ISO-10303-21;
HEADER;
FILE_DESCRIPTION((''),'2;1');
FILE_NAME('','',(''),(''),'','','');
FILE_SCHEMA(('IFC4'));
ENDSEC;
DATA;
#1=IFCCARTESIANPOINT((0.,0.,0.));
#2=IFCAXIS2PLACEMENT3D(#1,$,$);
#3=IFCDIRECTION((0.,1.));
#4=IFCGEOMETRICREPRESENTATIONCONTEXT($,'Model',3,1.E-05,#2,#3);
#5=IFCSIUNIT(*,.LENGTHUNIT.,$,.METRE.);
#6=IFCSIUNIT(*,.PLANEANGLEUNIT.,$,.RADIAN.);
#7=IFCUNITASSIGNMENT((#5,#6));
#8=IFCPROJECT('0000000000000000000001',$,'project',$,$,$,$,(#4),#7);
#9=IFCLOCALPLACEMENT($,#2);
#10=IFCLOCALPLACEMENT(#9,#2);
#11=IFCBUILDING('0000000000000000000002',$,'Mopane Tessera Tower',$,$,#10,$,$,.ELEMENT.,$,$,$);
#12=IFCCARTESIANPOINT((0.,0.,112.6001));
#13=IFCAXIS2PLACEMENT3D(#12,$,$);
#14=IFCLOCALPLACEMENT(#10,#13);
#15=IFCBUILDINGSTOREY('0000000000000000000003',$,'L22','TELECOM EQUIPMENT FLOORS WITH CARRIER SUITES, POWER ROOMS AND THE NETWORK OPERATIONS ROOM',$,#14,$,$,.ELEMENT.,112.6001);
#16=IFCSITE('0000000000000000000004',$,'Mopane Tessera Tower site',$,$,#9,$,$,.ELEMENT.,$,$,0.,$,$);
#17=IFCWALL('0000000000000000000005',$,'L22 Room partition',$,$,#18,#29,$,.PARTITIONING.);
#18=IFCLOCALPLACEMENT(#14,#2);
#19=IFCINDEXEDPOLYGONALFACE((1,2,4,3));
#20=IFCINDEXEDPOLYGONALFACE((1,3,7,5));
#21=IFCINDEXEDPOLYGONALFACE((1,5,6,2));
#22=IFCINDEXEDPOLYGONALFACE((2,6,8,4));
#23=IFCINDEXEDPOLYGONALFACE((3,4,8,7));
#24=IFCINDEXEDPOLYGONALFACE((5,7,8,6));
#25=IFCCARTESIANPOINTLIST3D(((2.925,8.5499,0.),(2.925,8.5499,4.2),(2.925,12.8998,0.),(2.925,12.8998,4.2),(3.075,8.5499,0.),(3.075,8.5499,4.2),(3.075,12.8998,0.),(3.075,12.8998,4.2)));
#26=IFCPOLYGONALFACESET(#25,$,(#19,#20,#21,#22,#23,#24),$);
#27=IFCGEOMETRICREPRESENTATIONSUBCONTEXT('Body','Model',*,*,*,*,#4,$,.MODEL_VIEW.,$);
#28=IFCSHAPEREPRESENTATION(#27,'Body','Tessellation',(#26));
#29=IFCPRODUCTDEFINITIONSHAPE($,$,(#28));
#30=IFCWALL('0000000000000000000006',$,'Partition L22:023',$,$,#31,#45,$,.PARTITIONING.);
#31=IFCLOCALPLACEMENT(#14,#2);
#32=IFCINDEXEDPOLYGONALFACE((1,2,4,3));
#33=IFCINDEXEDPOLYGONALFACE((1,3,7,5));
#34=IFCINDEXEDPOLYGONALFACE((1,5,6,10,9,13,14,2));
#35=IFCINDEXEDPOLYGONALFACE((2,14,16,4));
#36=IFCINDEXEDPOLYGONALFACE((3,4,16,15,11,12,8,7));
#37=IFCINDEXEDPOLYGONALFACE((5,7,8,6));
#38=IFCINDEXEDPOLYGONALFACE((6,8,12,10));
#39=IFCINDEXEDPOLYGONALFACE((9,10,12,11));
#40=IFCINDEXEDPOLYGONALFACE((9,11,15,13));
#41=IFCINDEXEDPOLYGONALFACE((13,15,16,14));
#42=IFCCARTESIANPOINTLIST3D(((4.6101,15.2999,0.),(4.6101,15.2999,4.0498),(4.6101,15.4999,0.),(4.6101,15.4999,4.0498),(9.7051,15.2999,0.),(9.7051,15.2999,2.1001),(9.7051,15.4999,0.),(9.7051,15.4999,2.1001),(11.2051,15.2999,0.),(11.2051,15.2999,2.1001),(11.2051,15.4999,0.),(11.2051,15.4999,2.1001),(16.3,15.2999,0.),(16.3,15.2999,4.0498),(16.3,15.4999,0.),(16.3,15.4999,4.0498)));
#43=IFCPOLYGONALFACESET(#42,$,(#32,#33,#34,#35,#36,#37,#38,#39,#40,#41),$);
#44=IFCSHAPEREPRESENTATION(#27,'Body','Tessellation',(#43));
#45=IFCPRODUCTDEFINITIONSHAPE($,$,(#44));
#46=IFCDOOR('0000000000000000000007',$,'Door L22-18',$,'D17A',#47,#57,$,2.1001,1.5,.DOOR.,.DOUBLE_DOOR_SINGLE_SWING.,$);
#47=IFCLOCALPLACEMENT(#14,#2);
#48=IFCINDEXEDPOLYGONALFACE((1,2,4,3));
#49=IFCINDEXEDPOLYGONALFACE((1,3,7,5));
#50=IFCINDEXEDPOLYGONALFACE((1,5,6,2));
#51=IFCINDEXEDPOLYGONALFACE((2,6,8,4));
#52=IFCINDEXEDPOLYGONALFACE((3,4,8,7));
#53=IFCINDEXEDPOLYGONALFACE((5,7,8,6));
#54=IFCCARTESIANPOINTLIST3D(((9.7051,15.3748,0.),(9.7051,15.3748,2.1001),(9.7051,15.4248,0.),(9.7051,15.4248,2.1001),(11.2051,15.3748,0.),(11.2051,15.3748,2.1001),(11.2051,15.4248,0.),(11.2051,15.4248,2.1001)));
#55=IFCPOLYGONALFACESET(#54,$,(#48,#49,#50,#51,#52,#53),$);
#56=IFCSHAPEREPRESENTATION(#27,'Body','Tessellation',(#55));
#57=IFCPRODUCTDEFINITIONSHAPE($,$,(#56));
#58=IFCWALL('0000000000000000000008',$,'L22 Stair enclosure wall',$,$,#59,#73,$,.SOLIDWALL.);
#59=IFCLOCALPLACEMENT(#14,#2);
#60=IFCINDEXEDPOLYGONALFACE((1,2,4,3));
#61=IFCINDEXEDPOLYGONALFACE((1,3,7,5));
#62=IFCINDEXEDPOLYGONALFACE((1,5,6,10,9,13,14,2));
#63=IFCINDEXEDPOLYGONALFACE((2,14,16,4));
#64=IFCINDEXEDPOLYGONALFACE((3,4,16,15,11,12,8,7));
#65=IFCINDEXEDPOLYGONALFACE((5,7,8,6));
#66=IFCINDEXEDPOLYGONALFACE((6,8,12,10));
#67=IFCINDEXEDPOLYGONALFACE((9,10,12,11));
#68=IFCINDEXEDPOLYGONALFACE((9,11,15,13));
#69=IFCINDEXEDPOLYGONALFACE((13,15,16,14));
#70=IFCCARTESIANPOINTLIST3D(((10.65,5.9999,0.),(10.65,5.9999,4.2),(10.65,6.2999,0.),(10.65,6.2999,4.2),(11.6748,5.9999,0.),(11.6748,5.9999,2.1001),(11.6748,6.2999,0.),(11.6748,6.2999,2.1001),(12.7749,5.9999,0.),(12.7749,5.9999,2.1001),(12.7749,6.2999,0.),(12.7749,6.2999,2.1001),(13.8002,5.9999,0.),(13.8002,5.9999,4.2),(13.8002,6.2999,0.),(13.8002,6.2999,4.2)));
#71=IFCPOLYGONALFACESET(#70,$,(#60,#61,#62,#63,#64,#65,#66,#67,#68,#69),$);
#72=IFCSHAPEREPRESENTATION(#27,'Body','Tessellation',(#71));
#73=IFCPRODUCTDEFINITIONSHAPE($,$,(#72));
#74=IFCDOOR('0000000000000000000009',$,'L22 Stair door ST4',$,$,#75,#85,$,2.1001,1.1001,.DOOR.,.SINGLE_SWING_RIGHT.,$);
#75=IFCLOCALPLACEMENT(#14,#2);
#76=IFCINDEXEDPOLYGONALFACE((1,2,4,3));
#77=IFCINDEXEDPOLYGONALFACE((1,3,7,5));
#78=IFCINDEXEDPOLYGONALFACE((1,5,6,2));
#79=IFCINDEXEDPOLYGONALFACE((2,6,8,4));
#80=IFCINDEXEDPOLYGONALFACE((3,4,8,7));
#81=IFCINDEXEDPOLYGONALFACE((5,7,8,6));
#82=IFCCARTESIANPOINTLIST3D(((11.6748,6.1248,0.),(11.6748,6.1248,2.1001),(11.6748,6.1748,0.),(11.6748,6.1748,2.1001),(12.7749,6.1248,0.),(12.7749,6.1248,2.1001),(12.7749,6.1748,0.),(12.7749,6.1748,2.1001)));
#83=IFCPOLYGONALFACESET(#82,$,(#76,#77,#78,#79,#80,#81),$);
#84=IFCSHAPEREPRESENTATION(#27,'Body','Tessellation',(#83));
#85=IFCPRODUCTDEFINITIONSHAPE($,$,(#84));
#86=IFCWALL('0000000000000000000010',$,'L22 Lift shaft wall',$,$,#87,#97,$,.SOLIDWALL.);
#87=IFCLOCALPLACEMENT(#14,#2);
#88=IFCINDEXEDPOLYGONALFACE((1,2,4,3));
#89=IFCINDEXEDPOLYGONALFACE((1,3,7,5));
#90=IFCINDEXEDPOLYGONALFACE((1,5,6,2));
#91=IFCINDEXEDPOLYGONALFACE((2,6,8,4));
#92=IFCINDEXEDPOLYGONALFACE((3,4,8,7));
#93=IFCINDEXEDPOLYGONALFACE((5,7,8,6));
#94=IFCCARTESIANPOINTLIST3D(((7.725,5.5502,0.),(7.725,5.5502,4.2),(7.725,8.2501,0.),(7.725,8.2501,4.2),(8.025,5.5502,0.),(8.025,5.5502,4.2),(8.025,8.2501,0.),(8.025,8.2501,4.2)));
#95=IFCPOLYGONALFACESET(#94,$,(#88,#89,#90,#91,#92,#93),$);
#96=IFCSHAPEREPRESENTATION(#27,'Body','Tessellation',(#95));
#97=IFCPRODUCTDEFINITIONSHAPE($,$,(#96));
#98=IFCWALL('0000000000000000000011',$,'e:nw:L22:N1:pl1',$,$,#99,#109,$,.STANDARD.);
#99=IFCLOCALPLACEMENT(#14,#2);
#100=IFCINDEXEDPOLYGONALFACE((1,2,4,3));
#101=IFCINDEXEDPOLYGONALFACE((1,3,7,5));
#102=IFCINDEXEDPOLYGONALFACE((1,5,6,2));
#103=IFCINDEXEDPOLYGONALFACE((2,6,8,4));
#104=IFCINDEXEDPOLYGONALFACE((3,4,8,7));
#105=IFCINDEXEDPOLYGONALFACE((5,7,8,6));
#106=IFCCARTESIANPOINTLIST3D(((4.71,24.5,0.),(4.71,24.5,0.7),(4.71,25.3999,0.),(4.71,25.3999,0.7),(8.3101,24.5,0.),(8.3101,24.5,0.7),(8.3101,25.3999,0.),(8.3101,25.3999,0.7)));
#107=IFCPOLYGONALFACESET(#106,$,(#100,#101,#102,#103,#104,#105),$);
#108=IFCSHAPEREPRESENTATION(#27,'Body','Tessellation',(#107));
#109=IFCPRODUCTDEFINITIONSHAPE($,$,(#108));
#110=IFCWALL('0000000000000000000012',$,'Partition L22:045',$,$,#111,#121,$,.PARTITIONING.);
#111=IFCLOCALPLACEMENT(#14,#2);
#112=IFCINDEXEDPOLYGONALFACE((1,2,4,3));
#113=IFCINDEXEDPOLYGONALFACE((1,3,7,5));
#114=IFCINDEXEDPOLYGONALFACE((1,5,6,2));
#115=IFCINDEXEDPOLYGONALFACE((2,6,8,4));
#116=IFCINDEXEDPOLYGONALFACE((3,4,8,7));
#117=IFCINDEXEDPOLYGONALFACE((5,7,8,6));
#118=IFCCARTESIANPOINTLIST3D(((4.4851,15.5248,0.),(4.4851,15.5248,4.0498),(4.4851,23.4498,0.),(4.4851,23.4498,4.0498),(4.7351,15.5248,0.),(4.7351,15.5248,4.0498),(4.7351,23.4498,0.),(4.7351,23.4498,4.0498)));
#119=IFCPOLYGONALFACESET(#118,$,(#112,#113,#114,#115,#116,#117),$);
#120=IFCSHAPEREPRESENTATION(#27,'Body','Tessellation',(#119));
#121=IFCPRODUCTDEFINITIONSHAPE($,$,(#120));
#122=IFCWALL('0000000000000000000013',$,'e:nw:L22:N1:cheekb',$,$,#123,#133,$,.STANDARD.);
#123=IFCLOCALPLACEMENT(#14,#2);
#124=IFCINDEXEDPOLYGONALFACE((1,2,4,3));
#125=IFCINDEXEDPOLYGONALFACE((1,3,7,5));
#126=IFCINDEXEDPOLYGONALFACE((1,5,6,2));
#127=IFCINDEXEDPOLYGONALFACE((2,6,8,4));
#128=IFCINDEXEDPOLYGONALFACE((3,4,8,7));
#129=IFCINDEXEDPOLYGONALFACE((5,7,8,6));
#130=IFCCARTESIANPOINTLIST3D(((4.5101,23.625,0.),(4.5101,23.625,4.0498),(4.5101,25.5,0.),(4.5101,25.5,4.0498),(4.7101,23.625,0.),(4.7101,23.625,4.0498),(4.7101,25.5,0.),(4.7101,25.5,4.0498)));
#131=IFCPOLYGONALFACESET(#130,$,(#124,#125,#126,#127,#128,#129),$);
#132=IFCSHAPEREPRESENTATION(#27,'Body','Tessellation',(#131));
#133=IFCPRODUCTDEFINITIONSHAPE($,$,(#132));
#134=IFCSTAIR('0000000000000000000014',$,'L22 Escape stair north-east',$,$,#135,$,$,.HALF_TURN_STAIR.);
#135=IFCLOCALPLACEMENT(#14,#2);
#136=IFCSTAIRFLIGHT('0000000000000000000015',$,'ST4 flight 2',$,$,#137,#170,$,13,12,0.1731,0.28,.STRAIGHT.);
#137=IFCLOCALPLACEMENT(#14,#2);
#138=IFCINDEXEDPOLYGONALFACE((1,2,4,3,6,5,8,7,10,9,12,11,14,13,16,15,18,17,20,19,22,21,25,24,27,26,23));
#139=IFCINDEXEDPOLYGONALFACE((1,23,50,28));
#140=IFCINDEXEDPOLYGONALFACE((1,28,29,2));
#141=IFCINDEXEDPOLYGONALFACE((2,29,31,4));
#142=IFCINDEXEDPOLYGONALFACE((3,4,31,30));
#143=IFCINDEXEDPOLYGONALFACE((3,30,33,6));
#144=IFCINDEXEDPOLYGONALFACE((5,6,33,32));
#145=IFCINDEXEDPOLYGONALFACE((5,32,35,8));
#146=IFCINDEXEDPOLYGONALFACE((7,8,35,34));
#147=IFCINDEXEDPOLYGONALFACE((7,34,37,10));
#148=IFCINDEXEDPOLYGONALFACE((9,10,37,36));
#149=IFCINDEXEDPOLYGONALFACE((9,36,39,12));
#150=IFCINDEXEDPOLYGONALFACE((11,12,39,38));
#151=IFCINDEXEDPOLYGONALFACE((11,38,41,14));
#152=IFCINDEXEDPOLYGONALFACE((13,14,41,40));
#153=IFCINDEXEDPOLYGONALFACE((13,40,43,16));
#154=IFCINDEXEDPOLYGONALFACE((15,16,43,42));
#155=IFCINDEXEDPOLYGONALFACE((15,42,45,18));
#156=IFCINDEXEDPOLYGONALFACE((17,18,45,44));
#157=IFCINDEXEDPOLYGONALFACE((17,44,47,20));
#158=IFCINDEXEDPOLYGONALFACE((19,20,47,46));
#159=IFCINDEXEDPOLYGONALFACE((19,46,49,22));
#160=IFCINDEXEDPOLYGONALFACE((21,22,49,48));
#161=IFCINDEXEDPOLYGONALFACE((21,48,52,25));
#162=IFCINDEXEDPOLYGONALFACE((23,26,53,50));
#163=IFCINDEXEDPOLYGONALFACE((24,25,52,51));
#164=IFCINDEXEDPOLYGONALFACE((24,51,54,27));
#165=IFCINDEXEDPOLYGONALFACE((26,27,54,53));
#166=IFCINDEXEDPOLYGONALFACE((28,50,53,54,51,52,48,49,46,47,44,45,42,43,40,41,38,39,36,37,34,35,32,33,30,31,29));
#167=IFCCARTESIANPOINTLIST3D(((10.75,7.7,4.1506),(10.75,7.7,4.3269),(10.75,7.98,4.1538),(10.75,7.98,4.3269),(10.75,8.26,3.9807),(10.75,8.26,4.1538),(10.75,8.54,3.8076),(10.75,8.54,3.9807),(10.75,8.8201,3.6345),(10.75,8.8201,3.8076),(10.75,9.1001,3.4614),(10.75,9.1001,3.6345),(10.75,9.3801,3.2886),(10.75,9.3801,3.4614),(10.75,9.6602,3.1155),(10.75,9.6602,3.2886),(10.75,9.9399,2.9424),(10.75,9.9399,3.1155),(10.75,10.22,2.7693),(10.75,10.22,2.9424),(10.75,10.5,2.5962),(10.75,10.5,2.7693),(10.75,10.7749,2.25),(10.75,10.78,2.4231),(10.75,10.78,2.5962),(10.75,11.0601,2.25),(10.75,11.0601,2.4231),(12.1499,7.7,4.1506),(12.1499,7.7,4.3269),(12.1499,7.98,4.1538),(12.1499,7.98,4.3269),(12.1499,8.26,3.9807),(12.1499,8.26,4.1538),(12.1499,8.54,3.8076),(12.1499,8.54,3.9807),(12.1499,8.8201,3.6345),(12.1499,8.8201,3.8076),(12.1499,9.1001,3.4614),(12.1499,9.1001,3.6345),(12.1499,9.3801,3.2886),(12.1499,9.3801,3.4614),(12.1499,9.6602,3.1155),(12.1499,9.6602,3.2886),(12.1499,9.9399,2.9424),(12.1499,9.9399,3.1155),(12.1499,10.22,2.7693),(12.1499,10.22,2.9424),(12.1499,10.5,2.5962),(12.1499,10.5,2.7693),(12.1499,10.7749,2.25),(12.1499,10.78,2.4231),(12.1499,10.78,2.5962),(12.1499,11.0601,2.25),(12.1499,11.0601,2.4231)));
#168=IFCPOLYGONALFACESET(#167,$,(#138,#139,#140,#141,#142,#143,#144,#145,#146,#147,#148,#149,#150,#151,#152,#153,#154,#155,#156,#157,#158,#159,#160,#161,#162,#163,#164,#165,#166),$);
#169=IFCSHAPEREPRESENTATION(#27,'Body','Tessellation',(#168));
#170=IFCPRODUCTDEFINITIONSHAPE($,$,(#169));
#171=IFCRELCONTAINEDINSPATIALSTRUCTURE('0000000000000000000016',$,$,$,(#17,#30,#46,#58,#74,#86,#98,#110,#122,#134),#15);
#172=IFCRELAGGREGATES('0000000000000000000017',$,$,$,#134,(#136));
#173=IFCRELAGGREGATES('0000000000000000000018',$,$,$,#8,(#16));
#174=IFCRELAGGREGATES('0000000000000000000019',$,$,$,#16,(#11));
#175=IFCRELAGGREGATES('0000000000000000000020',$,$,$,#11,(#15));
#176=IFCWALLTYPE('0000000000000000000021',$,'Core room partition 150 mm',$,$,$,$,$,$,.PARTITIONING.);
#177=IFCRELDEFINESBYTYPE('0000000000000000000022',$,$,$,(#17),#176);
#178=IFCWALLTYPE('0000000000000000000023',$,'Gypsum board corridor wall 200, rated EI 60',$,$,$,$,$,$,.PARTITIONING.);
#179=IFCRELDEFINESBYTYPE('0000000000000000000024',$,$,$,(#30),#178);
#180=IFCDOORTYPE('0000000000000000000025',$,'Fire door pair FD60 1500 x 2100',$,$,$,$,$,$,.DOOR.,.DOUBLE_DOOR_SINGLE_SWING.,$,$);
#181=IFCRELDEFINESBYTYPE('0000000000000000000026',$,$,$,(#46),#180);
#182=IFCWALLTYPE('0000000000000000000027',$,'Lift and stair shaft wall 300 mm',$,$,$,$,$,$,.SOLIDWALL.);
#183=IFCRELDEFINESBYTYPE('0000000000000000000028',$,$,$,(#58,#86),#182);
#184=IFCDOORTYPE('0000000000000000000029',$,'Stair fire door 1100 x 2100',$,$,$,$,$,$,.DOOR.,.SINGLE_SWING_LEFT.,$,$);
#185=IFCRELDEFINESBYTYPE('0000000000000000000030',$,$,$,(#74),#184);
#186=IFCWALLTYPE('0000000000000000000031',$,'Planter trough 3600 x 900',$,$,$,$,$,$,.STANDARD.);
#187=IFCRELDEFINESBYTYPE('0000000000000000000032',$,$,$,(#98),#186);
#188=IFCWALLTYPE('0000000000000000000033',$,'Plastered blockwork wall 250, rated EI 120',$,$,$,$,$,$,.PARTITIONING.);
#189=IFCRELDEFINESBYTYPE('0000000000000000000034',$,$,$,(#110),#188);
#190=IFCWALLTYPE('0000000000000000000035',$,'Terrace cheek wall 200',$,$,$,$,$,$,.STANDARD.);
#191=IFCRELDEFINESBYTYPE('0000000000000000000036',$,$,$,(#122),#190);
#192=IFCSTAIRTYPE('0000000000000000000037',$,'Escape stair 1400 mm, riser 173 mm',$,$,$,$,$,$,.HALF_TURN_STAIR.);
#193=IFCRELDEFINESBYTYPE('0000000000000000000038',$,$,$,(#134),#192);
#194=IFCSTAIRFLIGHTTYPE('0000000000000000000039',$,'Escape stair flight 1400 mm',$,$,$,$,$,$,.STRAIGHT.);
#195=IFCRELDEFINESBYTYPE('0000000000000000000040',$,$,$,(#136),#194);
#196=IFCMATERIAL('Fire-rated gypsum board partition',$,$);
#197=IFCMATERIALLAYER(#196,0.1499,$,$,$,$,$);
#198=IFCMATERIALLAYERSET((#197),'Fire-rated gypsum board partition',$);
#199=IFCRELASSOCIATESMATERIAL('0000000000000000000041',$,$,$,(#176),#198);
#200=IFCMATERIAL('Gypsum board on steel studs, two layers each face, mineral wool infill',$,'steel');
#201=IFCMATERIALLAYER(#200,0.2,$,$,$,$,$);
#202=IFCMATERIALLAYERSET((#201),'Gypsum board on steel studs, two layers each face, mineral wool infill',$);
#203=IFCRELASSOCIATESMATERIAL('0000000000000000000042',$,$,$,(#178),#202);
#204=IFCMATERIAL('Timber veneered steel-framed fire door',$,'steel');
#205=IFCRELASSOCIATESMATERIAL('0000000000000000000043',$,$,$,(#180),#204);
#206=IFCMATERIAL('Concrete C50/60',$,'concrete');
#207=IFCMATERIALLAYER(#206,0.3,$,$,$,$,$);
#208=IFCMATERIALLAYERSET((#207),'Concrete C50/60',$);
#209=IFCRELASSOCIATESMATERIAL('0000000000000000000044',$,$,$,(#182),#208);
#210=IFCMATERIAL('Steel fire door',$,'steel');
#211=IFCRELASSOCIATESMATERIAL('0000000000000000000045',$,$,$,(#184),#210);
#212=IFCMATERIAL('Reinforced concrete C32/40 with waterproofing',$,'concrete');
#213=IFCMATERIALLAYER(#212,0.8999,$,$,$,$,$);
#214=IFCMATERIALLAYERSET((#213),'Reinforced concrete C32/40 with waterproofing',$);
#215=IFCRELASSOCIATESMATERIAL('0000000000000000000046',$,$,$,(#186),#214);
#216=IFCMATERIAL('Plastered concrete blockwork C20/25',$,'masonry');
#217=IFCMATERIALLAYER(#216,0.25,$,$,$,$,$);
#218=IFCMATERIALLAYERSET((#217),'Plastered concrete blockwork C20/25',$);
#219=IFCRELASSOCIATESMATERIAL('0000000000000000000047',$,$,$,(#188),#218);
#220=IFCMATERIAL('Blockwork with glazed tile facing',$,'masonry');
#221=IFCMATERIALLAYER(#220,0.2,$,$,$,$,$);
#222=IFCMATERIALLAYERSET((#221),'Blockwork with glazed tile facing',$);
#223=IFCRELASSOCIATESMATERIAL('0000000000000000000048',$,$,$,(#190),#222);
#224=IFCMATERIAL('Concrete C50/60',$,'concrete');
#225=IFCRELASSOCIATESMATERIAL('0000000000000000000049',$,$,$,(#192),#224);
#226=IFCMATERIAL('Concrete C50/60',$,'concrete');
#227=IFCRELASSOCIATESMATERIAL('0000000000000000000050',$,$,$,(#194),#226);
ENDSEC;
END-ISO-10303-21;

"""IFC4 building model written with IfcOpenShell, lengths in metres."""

from ifc_helpers import new_model, si_unit, direction, frame, frame_2d, origin, place, context, subcontext, project, spatial, polyline, rectangle, outline, extrude, material, layer, layer_set, type_object, element, fill, aggregate, save


model = new_model("IFC4")

# Units and contexts
model_context = context("Model", 3, precision=1e-05, world=origin(), true_north=direction((0.0, 1.0)))
body_context = subcontext(model_context, "Body", "Model", "MODEL_VIEW")
ifc_project = project(units=[si_unit("LENGTHUNIT", "METRE"), si_unit("PLANEANGLEUNIT", "RADIAN")], contexts=[model_context])

# Site, building, storey
site_placement = place(None, origin())
site = spatial("IfcSite", under=ifc_project, at=site_placement, Name="Mopane Tessera Tower site", CompositionType="ELEMENT", RefElevation=0.0)
building_placement = place(site_placement, origin())
building = spatial("IfcBuilding", under=site, at=building_placement, Name="Mopane Tessera Tower", CompositionType="ELEMENT")
storey_placement = place(building_placement, frame((0.0, 0.0, 112.6001)))
storey = spatial("IfcBuildingStorey", under=building, at=storey_placement, Name="L22", Description="TELECOM EQUIPMENT FLOORS WITH CARRIER SUITES, POWER ROOMS AND THE NETWORK OPERATIONS ROOM", CompositionType="ELEMENT", Elevation=112.6001)

# Wall
ifc_material_1 = material(Name="Fire-rated gypsum board partition")
ifc_layer_1 = layer(ifc_material_1, 0.1499)
ifc_layer_set_1 = layer_set([ifc_layer_1], Name="Fire-rated gypsum board partition")
wall_type_1 = type_object("IfcWallType", Name="Core room partition 150 mm", PredefinedType="PARTITIONING", material=ifc_layer_set_1)
wall_1_placement = place(storey_placement, frame((3.0, 8.55, 0.0), z_axis=(0.0, 0.0, 1.0), x_axis=(0.0, 1.0, 0.0)))
element("IfcWall", 1, at=wall_1_placement, inside=storey, type_object=wall_type_1, Name="L22 Room partition", PredefinedType="PARTITIONING", context=body_context, shape_type="SweptSolid", body=[
    extrude(rectangle(XDim=4.3499, YDim=0.1499, at=frame_2d((2.1748, 0.0))), origin(), (0.0, 0.0, 1.0), 4.2),
])

# Walls, openings, doors
ifc_material_2 = material(Name="Gypsum board on steel studs, two layers each face, mineral wool infill", Category="steel")
ifc_layer_2 = layer(ifc_material_2, 0.2)
ifc_layer_set_2 = layer_set([ifc_layer_2], Name="Gypsum board on steel studs, two layers each face, mineral wool infill")
wall_type_2 = type_object("IfcWallType", Name="Gypsum board corridor wall 200, rated EI 60", PredefinedType="PARTITIONING", material=ifc_layer_set_2)
wall_2_placement = place(storey_placement, frame((4.6101, 15.3999, 0.0), z_axis=(0.0, 0.0, 1.0), x_axis=(1.0, 0.0, 0.0)))
wall_2 = element("IfcWall", 2, at=wall_2_placement, inside=storey, type_object=wall_type_2, Name="Partition L22:023", PredefinedType="PARTITIONING", context=body_context, shape_type="SweptSolid", body=[
    extrude(rectangle(XDim=11.6899, YDim=0.2, at=frame_2d((5.845, 0.0))), origin(), (0.0, 0.0, 1.0), 4.0498),
])
opening_1_placement = place(wall_2_placement, frame((5.095, 0.0, 0.0)))
opening_1 = element("IfcOpeningElement", 3, at=opening_1_placement, cuts=wall_2, PredefinedType="OPENING", context=body_context, shape_type="SweptSolid", body=[
    extrude(rectangle(XDim=1.5, YDim=2.1001, at=frame_2d((0.75, 1.05))), frame((0.0, 0.1121, 0.0), z_axis=(0.0, -1.0, 0.0), x_axis=(1.0, 0.0, 0.0)), (0.0, 0.0, 1.0), 0.2239),
])
ifc_material_3 = material(Name="Timber veneered steel-framed fire door", Category="steel")
door_type_1 = type_object("IfcDoorType", Name="Fire door pair FD60 1500 x 2100", OperationType="DOUBLE_DOOR_SINGLE_SWING", PredefinedType="DOOR", material=ifc_material_3)
door_1_placement = place(opening_1_placement, origin())
door_1 = element("IfcDoor", 4, at=door_1_placement, inside=storey, type_object=door_type_1, Name="Door L22-18", ObjectType="D17A", OperationType="DOUBLE_DOOR_SINGLE_SWING", OverallHeight=2.1001, OverallWidth=1.5, PredefinedType="DOOR", context=body_context, shape_type="SweptSolid", body=[
    extrude(rectangle(XDim=1.5, YDim=2.1001, at=frame_2d((0.75, 1.05))), frame((0.0, 0.0249, 0.0), z_axis=(0.0, -1.0, 0.0), x_axis=(1.0, 0.0, 0.0)), (0.0, 0.0, 1.0), 0.05),
])
fill(opening_1, door_1)
ifc_material_4 = material(Name="Concrete C50/60", Category="concrete")
ifc_layer_3 = layer(ifc_material_4, 0.3)
ifc_layer_set_3 = layer_set([ifc_layer_3], Name="Concrete C50/60")
wall_type_3 = type_object("IfcWallType", Name="Lift and stair shaft wall 300 mm", PredefinedType="SOLIDWALL", material=ifc_layer_set_3)
wall_3_placement = place(storey_placement, frame((10.6499, 6.1499, 0.0), z_axis=(0.0, 0.0, 1.0), x_axis=(1.0, 0.0, 0.0)))
wall_3 = element("IfcWall", 5, at=wall_3_placement, inside=storey, type_object=wall_type_3, Name="L22 Stair enclosure wall", PredefinedType="SOLIDWALL", context=body_context, shape_type="SweptSolid", body=[
    extrude(rectangle(XDim=3.1501, YDim=0.3, at=frame_2d((1.5752, 0.0))), origin(), (0.0, 0.0, 1.0), 4.2),
])
opening_2_placement = place(wall_3_placement, frame((1.0249, 0.0, 0.0)))
opening_2 = element("IfcOpeningElement", 6, at=opening_2_placement, cuts=wall_3, PredefinedType="OPENING", context=body_context, shape_type="SweptSolid", body=[
    extrude(rectangle(XDim=1.1001, YDim=2.1001, at=frame_2d((0.55, 1.05))), frame((0.0, 0.1621, 0.0), z_axis=(0.0, -1.0, 0.0), x_axis=(1.0, 0.0, 0.0)), (0.0, 0.0, 1.0), 0.324),
])
ifc_material_5 = material(Name="Steel fire door", Category="steel")
door_type_2 = type_object("IfcDoorType", Name="Stair fire door 1100 x 2100", OperationType="SINGLE_SWING_LEFT", PredefinedType="DOOR", material=ifc_material_5)
door_2_placement = place(opening_2_placement, origin())
door_2 = element("IfcDoor", 7, at=door_2_placement, inside=storey, type_object=door_type_2, Name="L22 Stair door ST4", OperationType="SINGLE_SWING_RIGHT", OverallHeight=2.1001, OverallWidth=1.1001, PredefinedType="DOOR", context=body_context, shape_type="SweptSolid", body=[
    extrude(rectangle(XDim=1.1001, YDim=2.1001, at=frame_2d((0.55, 1.05))), frame((0.0, 0.0249, 0.0), z_axis=(0.0, -1.0, 0.0), x_axis=(1.0, 0.0, 0.0)), (0.0, 0.0, 1.0), 0.05),
])
fill(opening_2, door_2)

# Walls
wall_4_placement = place(storey_placement, frame((7.875, 5.55, 0.0), z_axis=(0.0, 0.0, 1.0), x_axis=(0.0, 1.0, 0.0)))
element("IfcWall", 8, at=wall_4_placement, inside=storey, type_object=wall_type_3, Name="L22 Lift shaft wall", PredefinedType="SOLIDWALL", context=body_context, shape_type="SweptSolid", body=[
    extrude(rectangle(XDim=2.7, YDim=0.3, at=frame_2d((1.3501, 0.0))), origin(), (0.0, 0.0, 1.0), 4.2),
])
ifc_material_6 = material(Name="Reinforced concrete C32/40 with waterproofing", Category="concrete")
ifc_layer_4 = layer(ifc_material_6, 0.8999)
ifc_layer_set_4 = layer_set([ifc_layer_4], Name="Reinforced concrete C32/40 with waterproofing")
wall_type_4 = type_object("IfcWallType", Name="Planter trough 3600 x 900", PredefinedType="STANDARD", material=ifc_layer_set_4)
wall_5_placement = place(storey_placement, frame((8.3101, 24.95, 0.0), z_axis=(0.0, 0.0, 1.0), x_axis=(-1.0, 0.0, 0.0)))
element("IfcWall", 9, at=wall_5_placement, inside=storey, type_object=wall_type_4, Name="e:nw:L22:N1:pl1", PredefinedType="STANDARD", context=body_context, shape_type="SweptSolid", body=[
    extrude(rectangle(XDim=3.6001, YDim=0.8999, at=frame_2d((1.8, 0.0))), origin(), (0.0, 0.0, 1.0), 0.7),
])
ifc_material_7 = material(Name="Plastered concrete blockwork C20/25", Category="masonry")
ifc_layer_5 = layer(ifc_material_7, 0.25)
ifc_layer_set_5 = layer_set([ifc_layer_5], Name="Plastered concrete blockwork C20/25")
wall_type_5 = type_object("IfcWallType", Name="Plastered blockwork wall 250, rated EI 120", PredefinedType="PARTITIONING", material=ifc_layer_set_5)
wall_6_placement = place(storey_placement, frame((4.6101, 15.5249, 0.0), z_axis=(0.0, 0.0, 1.0), x_axis=(0.0, 1.0, 0.0)))
element("IfcWall", 10, at=wall_6_placement, inside=storey, type_object=wall_type_5, Name="Partition L22:045", PredefinedType="PARTITIONING", context=body_context, shape_type="SweptSolid", body=[
    extrude(rectangle(XDim=7.925, YDim=0.25, at=frame_2d((3.9624, 0.0))), origin(), (0.0, 0.0, 1.0), 4.0498),
])
ifc_material_8 = material(Name="Blockwork with glazed tile facing", Category="masonry")
ifc_layer_6 = layer(ifc_material_8, 0.2)
ifc_layer_set_6 = layer_set([ifc_layer_6], Name="Blockwork with glazed tile facing")
wall_type_6 = type_object("IfcWallType", Name="Terrace cheek wall 200", PredefinedType="STANDARD", material=ifc_layer_set_6)
wall_7_placement = place(storey_placement, frame((4.6101, 25.5, 0.0), z_axis=(0.0, 0.0, 1.0), x_axis=(0.0, -1.0, 0.0)))
element("IfcWall", 11, at=wall_7_placement, inside=storey, type_object=wall_type_6, Name="e:nw:L22:N1:cheekb", PredefinedType="STANDARD", context=body_context, shape_type="SweptSolid", body=[
    extrude(rectangle(XDim=1.875, YDim=0.2, at=frame_2d((0.9375, 0.0))), origin(), (0.0, 0.0, 1.0), 4.0498),
])

# Stair, stair flight
ifc_material_9 = material(Name="Concrete C50/60", Category="concrete")
stair_type = type_object("IfcStairType", Name="Escape stair 1400 mm, riser 173 mm", PredefinedType="HALF_TURN_STAIR", material=ifc_material_9)
stair_placement = place(storey_placement, origin())
stair = element("IfcStair", 12, at=stair_placement, inside=storey, type_object=stair_type, Name="L22 Escape stair north-east", PredefinedType="HALF_TURN_STAIR")
ifc_material_10 = material(Name="Concrete C50/60", Category="concrete")
stair_flight_type = type_object("IfcStairFlightType", Name="Escape stair flight 1400 mm", PredefinedType="STRAIGHT", material=ifc_material_10)
stair_flight_placement = place(storey_placement, frame((11.45, 11.0601, 2.25), z_axis=(0.0, 0.0, 1.0), x_axis=(0.0, -1.0, 0.0)))
stair_flight = element("IfcStairFlight", 13, at=stair_flight_placement, type_object=stair_flight_type, Name="ST4 flight 2", NumberOfRisers=13, NumberOfTreads=12, PredefinedType="STRAIGHT", RiserHeight=0.1731, TreadLength=0.28, context=body_context, shape_type="SweptSolid", body=[
    extrude(outline(polyline([(0.0, 0.0), (0.0, 0.1731), (0.28, 0.1731), (0.28, 0.3462), (0.5601, 0.3462), (0.5601, 0.5193), (0.8401, 0.5193), (0.8401, 0.6924), (1.1201, 0.6924), (1.1201, 0.8655), (1.3999, 0.8655), (1.3999, 1.0386), (1.6799, 1.0386), (1.6799, 1.2114), (1.96, 1.2114), (1.96, 1.3845), (2.24, 1.3845), (2.24, 1.5576), (2.52, 1.5576), (2.52, 1.7307), (2.8, 1.7307), (2.8, 1.9038), (3.0801, 1.9038), (3.0801, 2.0769), (3.3601, 2.0769), (3.3601, 2.25), (3.3601, 1.9006), (0.2852, 0.0), (0.0, 0.0)])), frame((0.0, 0.7, 0.0), z_axis=(0.0, -1.0, 0.0), x_axis=(1.0, 0.0, 0.0)), (0.0, 0.0, 1.0), 1.3999),
])
aggregate(stair, [stair_flight])

save(model, "model.ifc")
